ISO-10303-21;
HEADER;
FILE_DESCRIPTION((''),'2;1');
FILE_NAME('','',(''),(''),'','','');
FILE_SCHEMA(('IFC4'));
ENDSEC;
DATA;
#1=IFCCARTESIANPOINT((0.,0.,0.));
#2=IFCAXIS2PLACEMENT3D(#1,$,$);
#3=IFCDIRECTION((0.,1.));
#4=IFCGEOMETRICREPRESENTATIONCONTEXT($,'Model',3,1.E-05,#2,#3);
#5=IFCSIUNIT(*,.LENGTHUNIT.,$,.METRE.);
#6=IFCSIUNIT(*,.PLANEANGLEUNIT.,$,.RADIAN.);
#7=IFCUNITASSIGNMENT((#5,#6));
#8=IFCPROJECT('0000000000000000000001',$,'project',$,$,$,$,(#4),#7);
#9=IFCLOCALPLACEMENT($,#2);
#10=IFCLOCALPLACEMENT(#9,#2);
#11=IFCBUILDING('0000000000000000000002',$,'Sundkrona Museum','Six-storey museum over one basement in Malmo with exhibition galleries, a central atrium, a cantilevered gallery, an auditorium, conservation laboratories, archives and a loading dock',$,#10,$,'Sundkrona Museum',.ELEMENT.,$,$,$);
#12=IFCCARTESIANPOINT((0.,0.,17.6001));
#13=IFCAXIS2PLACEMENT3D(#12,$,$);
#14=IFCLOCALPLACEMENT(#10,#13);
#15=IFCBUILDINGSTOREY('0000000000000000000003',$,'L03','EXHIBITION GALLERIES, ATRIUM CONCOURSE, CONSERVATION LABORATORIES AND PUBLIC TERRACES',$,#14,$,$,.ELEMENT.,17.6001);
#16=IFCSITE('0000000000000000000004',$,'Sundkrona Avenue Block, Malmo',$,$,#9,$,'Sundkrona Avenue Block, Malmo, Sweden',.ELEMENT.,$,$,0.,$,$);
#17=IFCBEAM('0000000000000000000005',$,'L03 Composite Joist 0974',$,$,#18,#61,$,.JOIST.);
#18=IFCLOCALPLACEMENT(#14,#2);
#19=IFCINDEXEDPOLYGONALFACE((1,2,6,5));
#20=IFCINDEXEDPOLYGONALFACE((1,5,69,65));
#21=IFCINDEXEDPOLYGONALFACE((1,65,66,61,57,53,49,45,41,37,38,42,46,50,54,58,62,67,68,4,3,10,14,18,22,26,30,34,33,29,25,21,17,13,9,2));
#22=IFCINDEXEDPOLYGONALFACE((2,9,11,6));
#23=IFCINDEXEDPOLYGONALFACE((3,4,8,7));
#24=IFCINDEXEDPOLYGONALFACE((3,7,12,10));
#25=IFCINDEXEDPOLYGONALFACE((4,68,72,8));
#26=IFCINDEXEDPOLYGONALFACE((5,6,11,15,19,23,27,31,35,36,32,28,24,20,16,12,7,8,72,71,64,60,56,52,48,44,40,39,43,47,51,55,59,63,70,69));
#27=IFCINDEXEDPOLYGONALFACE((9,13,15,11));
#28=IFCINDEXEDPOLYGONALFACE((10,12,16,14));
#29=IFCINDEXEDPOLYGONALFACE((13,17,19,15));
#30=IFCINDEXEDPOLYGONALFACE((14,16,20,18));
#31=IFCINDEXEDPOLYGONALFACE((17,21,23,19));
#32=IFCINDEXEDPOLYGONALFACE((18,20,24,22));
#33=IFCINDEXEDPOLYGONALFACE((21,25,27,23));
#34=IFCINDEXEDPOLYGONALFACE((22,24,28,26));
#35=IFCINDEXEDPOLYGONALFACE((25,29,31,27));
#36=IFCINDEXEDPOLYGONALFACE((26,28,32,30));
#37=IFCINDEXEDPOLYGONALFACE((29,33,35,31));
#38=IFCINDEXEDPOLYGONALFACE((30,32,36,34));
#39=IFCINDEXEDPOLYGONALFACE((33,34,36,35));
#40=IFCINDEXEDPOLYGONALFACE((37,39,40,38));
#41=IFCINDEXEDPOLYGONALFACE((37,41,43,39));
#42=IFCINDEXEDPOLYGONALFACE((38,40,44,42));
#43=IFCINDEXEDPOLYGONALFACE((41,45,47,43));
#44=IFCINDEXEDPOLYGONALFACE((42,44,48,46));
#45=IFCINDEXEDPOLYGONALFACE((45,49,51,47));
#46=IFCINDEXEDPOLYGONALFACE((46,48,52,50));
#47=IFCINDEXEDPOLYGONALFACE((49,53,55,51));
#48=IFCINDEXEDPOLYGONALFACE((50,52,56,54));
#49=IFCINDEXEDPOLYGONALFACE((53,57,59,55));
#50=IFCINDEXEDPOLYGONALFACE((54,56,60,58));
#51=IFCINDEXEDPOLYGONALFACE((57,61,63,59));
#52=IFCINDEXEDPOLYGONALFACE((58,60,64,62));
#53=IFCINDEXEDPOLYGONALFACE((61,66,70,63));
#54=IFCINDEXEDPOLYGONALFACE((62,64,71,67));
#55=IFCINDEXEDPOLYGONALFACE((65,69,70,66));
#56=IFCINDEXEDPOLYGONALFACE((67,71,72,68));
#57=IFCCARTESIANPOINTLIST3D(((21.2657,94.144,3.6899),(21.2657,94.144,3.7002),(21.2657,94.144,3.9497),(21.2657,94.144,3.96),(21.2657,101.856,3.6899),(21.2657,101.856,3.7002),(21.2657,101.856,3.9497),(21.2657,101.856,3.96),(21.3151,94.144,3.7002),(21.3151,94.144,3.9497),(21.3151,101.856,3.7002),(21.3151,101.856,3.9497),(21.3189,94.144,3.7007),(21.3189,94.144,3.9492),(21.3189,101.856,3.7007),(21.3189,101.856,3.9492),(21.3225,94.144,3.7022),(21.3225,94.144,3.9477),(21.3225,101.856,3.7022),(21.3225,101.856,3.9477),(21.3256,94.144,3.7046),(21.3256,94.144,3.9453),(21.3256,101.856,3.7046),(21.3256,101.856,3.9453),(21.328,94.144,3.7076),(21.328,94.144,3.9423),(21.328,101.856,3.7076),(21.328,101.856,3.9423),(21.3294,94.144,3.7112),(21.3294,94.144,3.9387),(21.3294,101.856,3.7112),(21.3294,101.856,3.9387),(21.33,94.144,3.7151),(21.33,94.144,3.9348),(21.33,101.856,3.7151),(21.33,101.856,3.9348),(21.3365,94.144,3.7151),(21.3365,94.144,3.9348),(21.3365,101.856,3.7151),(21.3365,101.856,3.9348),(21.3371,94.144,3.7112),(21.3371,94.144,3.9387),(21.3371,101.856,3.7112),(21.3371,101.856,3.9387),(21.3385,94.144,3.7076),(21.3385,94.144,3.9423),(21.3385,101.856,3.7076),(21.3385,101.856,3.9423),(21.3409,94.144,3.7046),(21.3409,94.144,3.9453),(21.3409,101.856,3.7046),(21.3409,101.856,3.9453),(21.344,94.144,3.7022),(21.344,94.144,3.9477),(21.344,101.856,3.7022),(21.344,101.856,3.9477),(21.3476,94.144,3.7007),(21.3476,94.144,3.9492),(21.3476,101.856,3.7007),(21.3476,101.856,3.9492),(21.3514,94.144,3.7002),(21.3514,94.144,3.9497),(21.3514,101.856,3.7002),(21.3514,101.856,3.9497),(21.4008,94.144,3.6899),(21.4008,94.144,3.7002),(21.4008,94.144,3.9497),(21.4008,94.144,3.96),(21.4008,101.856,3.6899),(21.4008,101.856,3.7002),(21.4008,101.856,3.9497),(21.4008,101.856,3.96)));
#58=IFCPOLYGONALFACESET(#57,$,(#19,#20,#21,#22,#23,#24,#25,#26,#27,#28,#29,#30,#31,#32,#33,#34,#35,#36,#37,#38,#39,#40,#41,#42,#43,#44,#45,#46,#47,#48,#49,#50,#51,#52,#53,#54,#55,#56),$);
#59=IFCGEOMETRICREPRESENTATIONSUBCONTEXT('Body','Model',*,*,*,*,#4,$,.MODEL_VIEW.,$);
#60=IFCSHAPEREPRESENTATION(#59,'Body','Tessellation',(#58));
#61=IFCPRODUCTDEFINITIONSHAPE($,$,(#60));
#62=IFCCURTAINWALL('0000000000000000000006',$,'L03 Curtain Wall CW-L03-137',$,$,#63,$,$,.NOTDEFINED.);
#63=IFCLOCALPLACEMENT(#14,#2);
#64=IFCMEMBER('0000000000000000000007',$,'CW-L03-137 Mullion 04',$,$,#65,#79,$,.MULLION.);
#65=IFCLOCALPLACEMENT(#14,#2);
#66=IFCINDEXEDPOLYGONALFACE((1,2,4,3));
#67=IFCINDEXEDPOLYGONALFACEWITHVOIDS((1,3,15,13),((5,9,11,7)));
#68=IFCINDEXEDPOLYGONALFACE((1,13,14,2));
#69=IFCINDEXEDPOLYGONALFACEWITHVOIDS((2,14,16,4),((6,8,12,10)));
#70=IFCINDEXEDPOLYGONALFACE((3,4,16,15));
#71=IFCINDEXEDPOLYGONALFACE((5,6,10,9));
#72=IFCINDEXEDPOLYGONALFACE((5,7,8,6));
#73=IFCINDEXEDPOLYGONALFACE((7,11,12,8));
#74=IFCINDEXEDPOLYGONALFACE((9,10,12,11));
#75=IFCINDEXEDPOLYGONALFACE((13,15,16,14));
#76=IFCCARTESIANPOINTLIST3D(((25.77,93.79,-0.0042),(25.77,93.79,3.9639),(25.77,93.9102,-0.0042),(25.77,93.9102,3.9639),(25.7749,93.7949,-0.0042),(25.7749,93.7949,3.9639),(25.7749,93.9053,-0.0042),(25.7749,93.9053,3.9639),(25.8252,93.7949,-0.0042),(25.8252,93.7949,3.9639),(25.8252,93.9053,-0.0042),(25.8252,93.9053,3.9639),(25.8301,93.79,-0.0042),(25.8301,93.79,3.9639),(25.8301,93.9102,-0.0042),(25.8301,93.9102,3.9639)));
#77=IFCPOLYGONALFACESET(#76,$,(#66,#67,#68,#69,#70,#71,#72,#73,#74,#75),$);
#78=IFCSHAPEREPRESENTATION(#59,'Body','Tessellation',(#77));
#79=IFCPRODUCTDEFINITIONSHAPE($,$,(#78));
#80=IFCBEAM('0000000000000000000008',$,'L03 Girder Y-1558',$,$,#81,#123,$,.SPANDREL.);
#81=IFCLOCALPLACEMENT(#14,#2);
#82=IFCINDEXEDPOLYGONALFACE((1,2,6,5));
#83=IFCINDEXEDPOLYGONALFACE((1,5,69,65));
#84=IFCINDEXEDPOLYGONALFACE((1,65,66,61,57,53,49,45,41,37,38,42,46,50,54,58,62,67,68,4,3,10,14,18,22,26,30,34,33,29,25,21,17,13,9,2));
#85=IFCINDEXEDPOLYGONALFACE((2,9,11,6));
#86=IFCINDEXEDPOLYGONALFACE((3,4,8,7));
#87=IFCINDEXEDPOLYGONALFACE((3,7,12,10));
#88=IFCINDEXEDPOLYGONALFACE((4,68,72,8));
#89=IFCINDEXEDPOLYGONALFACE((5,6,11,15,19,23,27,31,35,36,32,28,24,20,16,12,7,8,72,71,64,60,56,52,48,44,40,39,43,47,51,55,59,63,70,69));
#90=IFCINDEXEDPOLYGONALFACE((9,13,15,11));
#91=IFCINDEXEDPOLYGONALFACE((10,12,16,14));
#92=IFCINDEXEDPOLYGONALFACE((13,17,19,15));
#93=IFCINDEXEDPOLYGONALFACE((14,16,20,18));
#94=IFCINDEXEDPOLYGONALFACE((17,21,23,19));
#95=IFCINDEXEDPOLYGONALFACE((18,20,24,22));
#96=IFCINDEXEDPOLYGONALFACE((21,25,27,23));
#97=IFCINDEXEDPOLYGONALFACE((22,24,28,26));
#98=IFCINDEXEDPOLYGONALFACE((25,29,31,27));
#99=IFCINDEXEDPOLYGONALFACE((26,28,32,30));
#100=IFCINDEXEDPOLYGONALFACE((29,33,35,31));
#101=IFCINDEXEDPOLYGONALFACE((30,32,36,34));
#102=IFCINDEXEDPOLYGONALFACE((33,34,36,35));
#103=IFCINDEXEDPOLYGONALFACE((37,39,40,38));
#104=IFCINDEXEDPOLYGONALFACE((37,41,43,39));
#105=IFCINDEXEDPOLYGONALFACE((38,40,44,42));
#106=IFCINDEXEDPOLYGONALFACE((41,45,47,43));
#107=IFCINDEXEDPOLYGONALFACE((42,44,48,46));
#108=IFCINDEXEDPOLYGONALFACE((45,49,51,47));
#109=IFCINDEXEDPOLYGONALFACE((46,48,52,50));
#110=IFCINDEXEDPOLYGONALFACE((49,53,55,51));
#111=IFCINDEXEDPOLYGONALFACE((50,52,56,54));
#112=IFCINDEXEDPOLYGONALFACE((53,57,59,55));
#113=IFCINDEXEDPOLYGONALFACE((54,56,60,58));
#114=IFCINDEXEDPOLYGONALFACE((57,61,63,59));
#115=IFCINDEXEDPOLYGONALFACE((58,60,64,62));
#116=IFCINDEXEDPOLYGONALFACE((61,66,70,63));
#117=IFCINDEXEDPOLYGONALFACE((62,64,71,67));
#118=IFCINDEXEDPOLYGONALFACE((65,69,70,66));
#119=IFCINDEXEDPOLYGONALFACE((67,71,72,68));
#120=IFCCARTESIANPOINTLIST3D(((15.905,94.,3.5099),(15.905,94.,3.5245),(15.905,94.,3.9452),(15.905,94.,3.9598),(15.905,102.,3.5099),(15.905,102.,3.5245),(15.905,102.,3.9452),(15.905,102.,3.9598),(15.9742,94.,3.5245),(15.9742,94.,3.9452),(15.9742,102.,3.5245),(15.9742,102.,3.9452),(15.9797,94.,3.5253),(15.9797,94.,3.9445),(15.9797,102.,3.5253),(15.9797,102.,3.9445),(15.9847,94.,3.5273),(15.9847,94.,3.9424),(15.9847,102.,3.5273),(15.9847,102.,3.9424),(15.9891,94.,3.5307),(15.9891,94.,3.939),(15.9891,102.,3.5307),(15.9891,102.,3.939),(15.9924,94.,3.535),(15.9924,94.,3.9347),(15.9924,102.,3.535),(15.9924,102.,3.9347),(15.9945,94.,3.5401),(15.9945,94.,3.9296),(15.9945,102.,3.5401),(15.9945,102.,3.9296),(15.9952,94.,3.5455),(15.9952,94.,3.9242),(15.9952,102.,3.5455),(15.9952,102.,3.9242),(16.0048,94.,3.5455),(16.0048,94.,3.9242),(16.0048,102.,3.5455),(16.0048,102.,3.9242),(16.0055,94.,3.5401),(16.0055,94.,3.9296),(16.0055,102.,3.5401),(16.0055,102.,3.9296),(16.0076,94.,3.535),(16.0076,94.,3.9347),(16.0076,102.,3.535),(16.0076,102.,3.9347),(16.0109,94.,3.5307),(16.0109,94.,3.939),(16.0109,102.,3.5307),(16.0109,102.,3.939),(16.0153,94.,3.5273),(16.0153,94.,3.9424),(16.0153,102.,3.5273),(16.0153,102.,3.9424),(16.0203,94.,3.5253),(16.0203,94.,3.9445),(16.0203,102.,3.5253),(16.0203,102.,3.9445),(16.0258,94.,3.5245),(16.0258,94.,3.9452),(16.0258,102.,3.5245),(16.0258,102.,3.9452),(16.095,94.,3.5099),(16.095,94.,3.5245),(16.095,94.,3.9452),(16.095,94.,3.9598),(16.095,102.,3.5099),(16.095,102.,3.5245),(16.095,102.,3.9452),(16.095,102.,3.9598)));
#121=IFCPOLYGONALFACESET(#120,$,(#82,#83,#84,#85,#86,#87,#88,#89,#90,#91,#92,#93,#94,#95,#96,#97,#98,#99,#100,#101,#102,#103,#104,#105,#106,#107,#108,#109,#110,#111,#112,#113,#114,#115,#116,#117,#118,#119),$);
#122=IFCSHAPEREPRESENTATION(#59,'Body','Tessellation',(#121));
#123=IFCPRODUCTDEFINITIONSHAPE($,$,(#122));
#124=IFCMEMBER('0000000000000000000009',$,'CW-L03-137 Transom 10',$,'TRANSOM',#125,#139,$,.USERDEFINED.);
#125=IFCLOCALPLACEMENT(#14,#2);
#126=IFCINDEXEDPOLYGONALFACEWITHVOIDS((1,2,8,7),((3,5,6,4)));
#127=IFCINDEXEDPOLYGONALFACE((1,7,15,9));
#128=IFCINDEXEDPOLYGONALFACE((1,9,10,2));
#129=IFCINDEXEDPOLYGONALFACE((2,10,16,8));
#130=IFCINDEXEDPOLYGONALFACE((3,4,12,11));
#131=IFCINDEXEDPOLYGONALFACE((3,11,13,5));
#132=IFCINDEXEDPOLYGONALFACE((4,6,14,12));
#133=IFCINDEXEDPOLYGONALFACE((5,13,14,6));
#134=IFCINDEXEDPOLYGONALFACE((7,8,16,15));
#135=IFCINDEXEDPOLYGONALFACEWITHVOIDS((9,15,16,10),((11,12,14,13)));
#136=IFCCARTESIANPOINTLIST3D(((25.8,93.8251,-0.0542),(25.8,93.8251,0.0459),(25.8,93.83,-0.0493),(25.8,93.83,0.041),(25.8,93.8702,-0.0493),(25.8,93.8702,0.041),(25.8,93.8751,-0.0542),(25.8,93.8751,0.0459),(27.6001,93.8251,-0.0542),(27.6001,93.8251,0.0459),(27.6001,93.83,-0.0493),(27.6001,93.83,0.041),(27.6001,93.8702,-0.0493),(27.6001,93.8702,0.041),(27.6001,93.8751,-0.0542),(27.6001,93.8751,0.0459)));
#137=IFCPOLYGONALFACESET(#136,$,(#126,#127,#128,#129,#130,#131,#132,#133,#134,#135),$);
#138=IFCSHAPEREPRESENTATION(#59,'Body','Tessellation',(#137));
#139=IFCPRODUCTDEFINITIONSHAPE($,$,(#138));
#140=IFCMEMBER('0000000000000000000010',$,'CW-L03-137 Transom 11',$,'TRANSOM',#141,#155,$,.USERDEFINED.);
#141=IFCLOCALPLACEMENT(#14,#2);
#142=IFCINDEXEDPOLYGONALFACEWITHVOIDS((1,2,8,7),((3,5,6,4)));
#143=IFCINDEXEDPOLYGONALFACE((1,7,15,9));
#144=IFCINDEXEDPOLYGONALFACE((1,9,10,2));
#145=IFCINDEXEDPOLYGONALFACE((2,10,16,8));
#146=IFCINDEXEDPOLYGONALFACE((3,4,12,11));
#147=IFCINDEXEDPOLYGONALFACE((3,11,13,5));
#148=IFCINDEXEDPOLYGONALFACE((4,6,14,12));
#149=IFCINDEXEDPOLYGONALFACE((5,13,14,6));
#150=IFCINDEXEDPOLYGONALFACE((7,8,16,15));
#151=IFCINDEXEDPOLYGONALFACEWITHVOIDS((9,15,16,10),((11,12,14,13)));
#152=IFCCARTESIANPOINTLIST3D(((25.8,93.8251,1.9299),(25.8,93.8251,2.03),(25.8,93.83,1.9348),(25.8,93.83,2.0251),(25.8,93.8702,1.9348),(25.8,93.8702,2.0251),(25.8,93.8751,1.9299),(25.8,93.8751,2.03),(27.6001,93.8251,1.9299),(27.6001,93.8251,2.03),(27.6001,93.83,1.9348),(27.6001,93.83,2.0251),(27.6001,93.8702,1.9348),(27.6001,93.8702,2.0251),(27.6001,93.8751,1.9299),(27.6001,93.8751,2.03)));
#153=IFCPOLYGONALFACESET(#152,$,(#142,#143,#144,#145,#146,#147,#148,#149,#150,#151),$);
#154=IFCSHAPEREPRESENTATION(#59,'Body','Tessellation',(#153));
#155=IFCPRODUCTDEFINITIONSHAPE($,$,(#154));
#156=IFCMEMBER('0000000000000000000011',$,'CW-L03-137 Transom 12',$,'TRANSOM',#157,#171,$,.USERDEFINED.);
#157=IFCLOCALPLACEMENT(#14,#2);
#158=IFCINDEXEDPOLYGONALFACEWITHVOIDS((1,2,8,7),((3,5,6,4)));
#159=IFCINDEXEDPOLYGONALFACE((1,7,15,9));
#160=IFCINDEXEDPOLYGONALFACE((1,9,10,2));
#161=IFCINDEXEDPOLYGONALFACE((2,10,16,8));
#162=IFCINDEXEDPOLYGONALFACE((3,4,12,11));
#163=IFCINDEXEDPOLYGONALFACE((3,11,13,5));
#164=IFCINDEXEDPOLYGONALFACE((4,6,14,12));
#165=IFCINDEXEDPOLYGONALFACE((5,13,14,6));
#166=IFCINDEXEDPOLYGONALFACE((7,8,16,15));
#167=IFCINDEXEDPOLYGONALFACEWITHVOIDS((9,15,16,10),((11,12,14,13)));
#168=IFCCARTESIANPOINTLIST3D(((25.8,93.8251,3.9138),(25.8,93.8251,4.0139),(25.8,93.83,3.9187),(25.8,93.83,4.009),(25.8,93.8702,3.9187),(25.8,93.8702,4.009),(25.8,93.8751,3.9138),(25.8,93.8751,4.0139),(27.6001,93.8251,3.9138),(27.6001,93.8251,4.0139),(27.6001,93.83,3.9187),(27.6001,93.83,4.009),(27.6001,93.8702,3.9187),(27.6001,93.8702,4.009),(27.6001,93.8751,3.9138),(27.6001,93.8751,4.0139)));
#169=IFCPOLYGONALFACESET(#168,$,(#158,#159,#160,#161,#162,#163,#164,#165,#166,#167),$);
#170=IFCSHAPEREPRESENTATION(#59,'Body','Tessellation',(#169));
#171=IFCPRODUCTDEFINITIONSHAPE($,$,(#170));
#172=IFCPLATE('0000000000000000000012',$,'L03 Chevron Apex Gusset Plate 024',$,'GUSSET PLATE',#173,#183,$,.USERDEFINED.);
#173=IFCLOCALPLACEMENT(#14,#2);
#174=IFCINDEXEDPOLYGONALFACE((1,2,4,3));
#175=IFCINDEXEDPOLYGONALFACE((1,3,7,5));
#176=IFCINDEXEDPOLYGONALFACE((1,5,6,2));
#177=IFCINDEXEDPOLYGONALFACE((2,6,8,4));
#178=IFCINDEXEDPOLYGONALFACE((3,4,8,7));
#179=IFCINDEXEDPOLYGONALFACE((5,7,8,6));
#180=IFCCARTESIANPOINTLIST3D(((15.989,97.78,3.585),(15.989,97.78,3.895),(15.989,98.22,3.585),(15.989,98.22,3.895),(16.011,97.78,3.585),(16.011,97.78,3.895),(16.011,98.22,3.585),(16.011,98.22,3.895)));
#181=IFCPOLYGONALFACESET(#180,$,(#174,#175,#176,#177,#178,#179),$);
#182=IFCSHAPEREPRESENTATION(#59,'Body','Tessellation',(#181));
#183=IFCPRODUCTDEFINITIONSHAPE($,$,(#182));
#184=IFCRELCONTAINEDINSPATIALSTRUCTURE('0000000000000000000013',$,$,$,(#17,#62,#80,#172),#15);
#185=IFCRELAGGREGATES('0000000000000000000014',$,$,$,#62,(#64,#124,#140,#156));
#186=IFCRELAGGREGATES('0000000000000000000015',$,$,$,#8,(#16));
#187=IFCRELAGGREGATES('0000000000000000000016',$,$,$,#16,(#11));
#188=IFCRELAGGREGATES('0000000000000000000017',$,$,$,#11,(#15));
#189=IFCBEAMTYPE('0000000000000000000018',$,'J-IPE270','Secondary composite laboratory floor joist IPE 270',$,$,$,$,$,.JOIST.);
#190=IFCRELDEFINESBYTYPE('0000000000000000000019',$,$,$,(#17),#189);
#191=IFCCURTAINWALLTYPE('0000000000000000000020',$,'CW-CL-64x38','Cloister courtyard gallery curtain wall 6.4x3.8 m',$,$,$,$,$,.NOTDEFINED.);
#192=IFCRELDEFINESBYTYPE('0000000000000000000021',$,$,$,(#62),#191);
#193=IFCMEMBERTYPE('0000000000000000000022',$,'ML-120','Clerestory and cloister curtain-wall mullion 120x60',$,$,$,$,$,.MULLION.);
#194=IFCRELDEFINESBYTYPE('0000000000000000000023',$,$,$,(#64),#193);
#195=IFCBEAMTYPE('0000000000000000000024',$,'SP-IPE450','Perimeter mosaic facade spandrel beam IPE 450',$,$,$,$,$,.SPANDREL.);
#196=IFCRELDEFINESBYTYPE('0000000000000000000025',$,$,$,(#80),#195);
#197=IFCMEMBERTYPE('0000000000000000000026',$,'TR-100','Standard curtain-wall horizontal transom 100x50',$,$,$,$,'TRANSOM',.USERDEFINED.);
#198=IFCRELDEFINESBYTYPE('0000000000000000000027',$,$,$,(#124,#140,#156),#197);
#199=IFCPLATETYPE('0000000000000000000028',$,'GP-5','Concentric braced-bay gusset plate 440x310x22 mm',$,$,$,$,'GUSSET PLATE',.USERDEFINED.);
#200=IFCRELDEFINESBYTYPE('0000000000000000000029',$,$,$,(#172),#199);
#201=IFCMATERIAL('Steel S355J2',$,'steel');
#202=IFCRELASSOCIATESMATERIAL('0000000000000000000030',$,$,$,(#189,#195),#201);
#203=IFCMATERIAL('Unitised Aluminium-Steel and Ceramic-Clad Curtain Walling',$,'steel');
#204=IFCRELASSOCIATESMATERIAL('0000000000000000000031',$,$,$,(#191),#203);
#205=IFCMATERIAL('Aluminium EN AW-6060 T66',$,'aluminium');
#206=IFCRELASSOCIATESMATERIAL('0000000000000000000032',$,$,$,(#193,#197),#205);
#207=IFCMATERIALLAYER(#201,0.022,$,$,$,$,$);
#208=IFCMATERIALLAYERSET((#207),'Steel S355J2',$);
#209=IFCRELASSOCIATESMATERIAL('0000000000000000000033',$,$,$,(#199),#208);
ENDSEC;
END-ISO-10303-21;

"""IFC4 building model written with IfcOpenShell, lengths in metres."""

from ifc_helpers import new_model, si_unit, direction, frame, origin, origin_2d, place, context, subcontext, project, spatial, rectangle, hollow_rectangle, i_section, extrude, material, layer, layer_set, material_profile, profile_set, type_object, element, aggregate, save


model = new_model("IFC4")

# Units and contexts
model_context = context("Model", 3, precision=1e-05, world=origin(), true_north=direction((0.0, 1.0)))
body_context = subcontext(model_context, "Body", "Model", "MODEL_VIEW")
ifc_project = project(units=[si_unit("LENGTHUNIT", "METRE"), si_unit("PLANEANGLEUNIT", "RADIAN")], contexts=[model_context])

# Site, building, storey
site_placement = place(None, origin())
site = spatial("IfcSite", under=ifc_project, at=site_placement, Name="Sundkrona Avenue Block, Malmo", LongName="Sundkrona Avenue Block, Malmo, Sweden", CompositionType="ELEMENT", RefElevation=0.0)
building_placement = place(site_placement, origin())
building = spatial("IfcBuilding", under=site, at=building_placement, Name="Sundkrona Museum", Description="Six-storey museum over one basement in Malmo with exhibition galleries, a central atrium, a cantilevered gallery, an auditorium, conservation laboratories, archives and a loading dock", LongName="Sundkrona Museum", CompositionType="ELEMENT")
storey_placement = place(building_placement, frame((0.0, 0.0, 17.6001)))
storey = spatial("IfcBuildingStorey", under=building, at=storey_placement, Name="L03", Description="EXHIBITION GALLERIES, ATRIUM CONCOURSE, CONSERVATION LABORATORIES AND PUBLIC TERRACES", CompositionType="ELEMENT", Elevation=17.6001)

# Shared definitions
ifc_material_1 = material(Name="Steel S355J2", Category="steel")

# Beam
ifc_material_profile_1 = material_profile(ifc_material_1, i_section(OverallWidth=0.135, OverallDepth=0.27, WebThickness=0.0066, FlangeThickness=0.0103, FilletRadius=0.0149, at=origin_2d()), Name="IPE 270")
ifc_profile_set_1 = profile_set([ifc_material_profile_1], Name="Steel S355J2")
beam_type_1 = type_object("IfcBeamType", Name="J-IPE270", Description="Secondary composite laboratory floor joist IPE 270", PredefinedType="JOIST", material=ifc_profile_set_1)
for number, where, z_axis, x_axis, name in (
    (1, (21.3333, 94.144, 3.825), (0.0, 1.0, 0.0), (-1.0, 0.0, 0.0), "L03 Composite Joist 0974"),
):
    element("IfcBeam", number, at=place(storey_placement, frame(where, z_axis=z_axis, x_axis=x_axis)), inside=storey, type_object=beam_type_1, Name=name, PredefinedType="JOIST", context=body_context, shape_type="SweptSolid", body=[
        extrude(i_section(OverallWidth=0.135, OverallDepth=0.27, WebThickness=0.0066, FlangeThickness=0.0103, FilletRadius=0.0149, at=origin_2d()), origin(), (0.0, 0.0, 1.0), 7.7119),
    ])

# Curtain wall, member
ifc_material_2 = material(Name="Unitised Aluminium-Steel and Ceramic-Clad Curtain Walling", Category="steel")
curtain_wall_type = type_object("IfcCurtainWallType", Name="CW-CL-64x38", Description="Cloister courtyard gallery curtain wall 6.4x3.8 m", PredefinedType="NOTDEFINED", material=ifc_material_2)
curtain_wall_placement = place(storey_placement, origin())
curtain_wall = element("IfcCurtainWall", 2, at=curtain_wall_placement, inside=storey, type_object=curtain_wall_type, Name="L03 Curtain Wall CW-L03-137", PredefinedType="NOTDEFINED")
ifc_material_3 = material(Name="Aluminium EN AW-6060 T66", Category="aluminium")
ifc_material_profile_2 = material_profile(ifc_material_3, hollow_rectangle(XDim=0.0601, YDim=0.1201, WallThickness=0.0049, at=origin_2d()), Name="RHS 120x60x5.0")
ifc_profile_set_2 = profile_set([ifc_material_profile_2], Name="Aluminium EN AW-6060 T66")
member_type_1 = type_object("IfcMemberType", Name="ML-120", Description="Clerestory and cloister curtain-wall mullion 120x60", PredefinedType="MULLION", material=ifc_profile_set_2)
member_1_placement = place(storey_placement, frame((25.8, 93.8501, -0.0042), z_axis=(0.0, 0.0, 1.0), x_axis=(1.0, 0.0, 0.0)))
member_1 = element("IfcMember", 3, at=member_1_placement, type_object=member_type_1, Name="CW-L03-137 Mullion 04", PredefinedType="MULLION", context=body_context, shape_type="SweptSolid", body=[
    extrude(hollow_rectangle(XDim=0.0601, YDim=0.1201, WallThickness=0.0049, at=origin_2d()), origin(), (0.0, 0.0, 1.0), 3.968),
])

# Beam
ifc_material_profile_3 = material_profile(ifc_material_1, i_section(OverallWidth=0.1899, OverallDepth=0.45, WebThickness=0.0095, FlangeThickness=0.0146, FilletRadius=0.021, at=origin_2d()), Name="IPE 450")
ifc_profile_set_3 = profile_set([ifc_material_profile_3], Name="Steel S355J2")
beam_type_2 = type_object("IfcBeamType", Name="SP-IPE450", Description="Perimeter mosaic facade spandrel beam IPE 450", PredefinedType="SPANDREL", material=ifc_profile_set_3)
beam_placement = place(storey_placement, frame((16.0, 94.0, 3.7349), z_axis=(0.0, 1.0, 0.0), x_axis=(-1.0, 0.0, 0.0)))
element("IfcBeam", 4, at=beam_placement, inside=storey, type_object=beam_type_2, Name="L03 Girder Y-1558", PredefinedType="SPANDREL", context=body_context, shape_type="SweptSolid", body=[
    extrude(i_section(OverallWidth=0.1899, OverallDepth=0.45, WebThickness=0.0095, FlangeThickness=0.0146, FilletRadius=0.021, at=origin_2d()), origin(), (0.0, 0.0, 1.0), 8.0),
])

# Members
ifc_material_profile_4 = material_profile(ifc_material_3, hollow_rectangle(XDim=0.05, YDim=0.1001, WallThickness=0.0049, at=origin_2d()), Name="RHS 100x50x5.0")
ifc_profile_set_4 = profile_set([ifc_material_profile_4], Name="Aluminium EN AW-6060 T66")
member_type_2 = type_object("IfcMemberType", Name="TR-100", Description="Standard curtain-wall horizontal transom 100x50", ElementType="TRANSOM", PredefinedType="USERDEFINED", material=ifc_profile_set_4)
member_2_placement = place(storey_placement, frame((25.8, 93.8501, -0.0042), z_axis=(1.0, 0.0, 0.0), x_axis=(0.0, 1.0, 0.0)))
member_2 = element("IfcMember", 5, at=member_2_placement, type_object=member_type_2, Name="CW-L03-137 Transom 10", ObjectType="TRANSOM", PredefinedType="USERDEFINED", context=body_context, shape_type="SweptSolid", body=[
    extrude(hollow_rectangle(XDim=0.05, YDim=0.1001, WallThickness=0.0049, at=origin_2d()), origin(), (0.0, 0.0, 1.0), 1.8),
])
member_3_placement = place(storey_placement, frame((25.8, 93.8501, 1.98), z_axis=(1.0, 0.0, 0.0), x_axis=(0.0, 1.0, 0.0)))
member_3 = element("IfcMember", 6, at=member_3_placement, type_object=member_type_2, Name="CW-L03-137 Transom 11", ObjectType="TRANSOM", PredefinedType="USERDEFINED", context=body_context, shape_type="SweptSolid", body=[
    extrude(hollow_rectangle(XDim=0.05, YDim=0.1001, WallThickness=0.0049, at=origin_2d()), origin(), (0.0, 0.0, 1.0), 1.8),
])
member_4_placement = place(storey_placement, frame((25.8, 93.8501, 3.9639), z_axis=(1.0, 0.0, 0.0), x_axis=(0.0, 1.0, 0.0)))
member_4 = element("IfcMember", 7, at=member_4_placement, type_object=member_type_2, Name="CW-L03-137 Transom 12", ObjectType="TRANSOM", PredefinedType="USERDEFINED", context=body_context, shape_type="SweptSolid", body=[
    extrude(hollow_rectangle(XDim=0.05, YDim=0.1001, WallThickness=0.0049, at=origin_2d()), origin(), (0.0, 0.0, 1.0), 1.8),
])
aggregate(curtain_wall, [member_1, member_2, member_3, member_4])

# Plate
ifc_layer_1 = layer(ifc_material_1, 0.022)
ifc_layer_set_1 = layer_set([ifc_layer_1], Name="Steel S355J2")
plate_type = type_object("IfcPlateType", Name="GP-5", Description="Concentric braced-bay gusset plate 440x310x22 mm", ElementType="GUSSET PLATE", PredefinedType="USERDEFINED", material=ifc_layer_set_1)
plate_placement = place(storey_placement, frame((16.0, 98.0, 3.585), z_axis=(0.0, 0.0, 1.0), x_axis=(0.0, 1.0, 0.0)))
element("IfcPlate", 8, at=plate_placement, inside=storey, type_object=plate_type, Name="L03 Chevron Apex Gusset Plate 024", ObjectType="GUSSET PLATE", PredefinedType="USERDEFINED", context=body_context, shape_type="SweptSolid", body=[
    extrude(rectangle(XDim=0.4399, YDim=0.022, at=origin_2d()), origin(), (0.0, 0.0, 1.0), 0.3101),
])

save(model, "model.ifc")
